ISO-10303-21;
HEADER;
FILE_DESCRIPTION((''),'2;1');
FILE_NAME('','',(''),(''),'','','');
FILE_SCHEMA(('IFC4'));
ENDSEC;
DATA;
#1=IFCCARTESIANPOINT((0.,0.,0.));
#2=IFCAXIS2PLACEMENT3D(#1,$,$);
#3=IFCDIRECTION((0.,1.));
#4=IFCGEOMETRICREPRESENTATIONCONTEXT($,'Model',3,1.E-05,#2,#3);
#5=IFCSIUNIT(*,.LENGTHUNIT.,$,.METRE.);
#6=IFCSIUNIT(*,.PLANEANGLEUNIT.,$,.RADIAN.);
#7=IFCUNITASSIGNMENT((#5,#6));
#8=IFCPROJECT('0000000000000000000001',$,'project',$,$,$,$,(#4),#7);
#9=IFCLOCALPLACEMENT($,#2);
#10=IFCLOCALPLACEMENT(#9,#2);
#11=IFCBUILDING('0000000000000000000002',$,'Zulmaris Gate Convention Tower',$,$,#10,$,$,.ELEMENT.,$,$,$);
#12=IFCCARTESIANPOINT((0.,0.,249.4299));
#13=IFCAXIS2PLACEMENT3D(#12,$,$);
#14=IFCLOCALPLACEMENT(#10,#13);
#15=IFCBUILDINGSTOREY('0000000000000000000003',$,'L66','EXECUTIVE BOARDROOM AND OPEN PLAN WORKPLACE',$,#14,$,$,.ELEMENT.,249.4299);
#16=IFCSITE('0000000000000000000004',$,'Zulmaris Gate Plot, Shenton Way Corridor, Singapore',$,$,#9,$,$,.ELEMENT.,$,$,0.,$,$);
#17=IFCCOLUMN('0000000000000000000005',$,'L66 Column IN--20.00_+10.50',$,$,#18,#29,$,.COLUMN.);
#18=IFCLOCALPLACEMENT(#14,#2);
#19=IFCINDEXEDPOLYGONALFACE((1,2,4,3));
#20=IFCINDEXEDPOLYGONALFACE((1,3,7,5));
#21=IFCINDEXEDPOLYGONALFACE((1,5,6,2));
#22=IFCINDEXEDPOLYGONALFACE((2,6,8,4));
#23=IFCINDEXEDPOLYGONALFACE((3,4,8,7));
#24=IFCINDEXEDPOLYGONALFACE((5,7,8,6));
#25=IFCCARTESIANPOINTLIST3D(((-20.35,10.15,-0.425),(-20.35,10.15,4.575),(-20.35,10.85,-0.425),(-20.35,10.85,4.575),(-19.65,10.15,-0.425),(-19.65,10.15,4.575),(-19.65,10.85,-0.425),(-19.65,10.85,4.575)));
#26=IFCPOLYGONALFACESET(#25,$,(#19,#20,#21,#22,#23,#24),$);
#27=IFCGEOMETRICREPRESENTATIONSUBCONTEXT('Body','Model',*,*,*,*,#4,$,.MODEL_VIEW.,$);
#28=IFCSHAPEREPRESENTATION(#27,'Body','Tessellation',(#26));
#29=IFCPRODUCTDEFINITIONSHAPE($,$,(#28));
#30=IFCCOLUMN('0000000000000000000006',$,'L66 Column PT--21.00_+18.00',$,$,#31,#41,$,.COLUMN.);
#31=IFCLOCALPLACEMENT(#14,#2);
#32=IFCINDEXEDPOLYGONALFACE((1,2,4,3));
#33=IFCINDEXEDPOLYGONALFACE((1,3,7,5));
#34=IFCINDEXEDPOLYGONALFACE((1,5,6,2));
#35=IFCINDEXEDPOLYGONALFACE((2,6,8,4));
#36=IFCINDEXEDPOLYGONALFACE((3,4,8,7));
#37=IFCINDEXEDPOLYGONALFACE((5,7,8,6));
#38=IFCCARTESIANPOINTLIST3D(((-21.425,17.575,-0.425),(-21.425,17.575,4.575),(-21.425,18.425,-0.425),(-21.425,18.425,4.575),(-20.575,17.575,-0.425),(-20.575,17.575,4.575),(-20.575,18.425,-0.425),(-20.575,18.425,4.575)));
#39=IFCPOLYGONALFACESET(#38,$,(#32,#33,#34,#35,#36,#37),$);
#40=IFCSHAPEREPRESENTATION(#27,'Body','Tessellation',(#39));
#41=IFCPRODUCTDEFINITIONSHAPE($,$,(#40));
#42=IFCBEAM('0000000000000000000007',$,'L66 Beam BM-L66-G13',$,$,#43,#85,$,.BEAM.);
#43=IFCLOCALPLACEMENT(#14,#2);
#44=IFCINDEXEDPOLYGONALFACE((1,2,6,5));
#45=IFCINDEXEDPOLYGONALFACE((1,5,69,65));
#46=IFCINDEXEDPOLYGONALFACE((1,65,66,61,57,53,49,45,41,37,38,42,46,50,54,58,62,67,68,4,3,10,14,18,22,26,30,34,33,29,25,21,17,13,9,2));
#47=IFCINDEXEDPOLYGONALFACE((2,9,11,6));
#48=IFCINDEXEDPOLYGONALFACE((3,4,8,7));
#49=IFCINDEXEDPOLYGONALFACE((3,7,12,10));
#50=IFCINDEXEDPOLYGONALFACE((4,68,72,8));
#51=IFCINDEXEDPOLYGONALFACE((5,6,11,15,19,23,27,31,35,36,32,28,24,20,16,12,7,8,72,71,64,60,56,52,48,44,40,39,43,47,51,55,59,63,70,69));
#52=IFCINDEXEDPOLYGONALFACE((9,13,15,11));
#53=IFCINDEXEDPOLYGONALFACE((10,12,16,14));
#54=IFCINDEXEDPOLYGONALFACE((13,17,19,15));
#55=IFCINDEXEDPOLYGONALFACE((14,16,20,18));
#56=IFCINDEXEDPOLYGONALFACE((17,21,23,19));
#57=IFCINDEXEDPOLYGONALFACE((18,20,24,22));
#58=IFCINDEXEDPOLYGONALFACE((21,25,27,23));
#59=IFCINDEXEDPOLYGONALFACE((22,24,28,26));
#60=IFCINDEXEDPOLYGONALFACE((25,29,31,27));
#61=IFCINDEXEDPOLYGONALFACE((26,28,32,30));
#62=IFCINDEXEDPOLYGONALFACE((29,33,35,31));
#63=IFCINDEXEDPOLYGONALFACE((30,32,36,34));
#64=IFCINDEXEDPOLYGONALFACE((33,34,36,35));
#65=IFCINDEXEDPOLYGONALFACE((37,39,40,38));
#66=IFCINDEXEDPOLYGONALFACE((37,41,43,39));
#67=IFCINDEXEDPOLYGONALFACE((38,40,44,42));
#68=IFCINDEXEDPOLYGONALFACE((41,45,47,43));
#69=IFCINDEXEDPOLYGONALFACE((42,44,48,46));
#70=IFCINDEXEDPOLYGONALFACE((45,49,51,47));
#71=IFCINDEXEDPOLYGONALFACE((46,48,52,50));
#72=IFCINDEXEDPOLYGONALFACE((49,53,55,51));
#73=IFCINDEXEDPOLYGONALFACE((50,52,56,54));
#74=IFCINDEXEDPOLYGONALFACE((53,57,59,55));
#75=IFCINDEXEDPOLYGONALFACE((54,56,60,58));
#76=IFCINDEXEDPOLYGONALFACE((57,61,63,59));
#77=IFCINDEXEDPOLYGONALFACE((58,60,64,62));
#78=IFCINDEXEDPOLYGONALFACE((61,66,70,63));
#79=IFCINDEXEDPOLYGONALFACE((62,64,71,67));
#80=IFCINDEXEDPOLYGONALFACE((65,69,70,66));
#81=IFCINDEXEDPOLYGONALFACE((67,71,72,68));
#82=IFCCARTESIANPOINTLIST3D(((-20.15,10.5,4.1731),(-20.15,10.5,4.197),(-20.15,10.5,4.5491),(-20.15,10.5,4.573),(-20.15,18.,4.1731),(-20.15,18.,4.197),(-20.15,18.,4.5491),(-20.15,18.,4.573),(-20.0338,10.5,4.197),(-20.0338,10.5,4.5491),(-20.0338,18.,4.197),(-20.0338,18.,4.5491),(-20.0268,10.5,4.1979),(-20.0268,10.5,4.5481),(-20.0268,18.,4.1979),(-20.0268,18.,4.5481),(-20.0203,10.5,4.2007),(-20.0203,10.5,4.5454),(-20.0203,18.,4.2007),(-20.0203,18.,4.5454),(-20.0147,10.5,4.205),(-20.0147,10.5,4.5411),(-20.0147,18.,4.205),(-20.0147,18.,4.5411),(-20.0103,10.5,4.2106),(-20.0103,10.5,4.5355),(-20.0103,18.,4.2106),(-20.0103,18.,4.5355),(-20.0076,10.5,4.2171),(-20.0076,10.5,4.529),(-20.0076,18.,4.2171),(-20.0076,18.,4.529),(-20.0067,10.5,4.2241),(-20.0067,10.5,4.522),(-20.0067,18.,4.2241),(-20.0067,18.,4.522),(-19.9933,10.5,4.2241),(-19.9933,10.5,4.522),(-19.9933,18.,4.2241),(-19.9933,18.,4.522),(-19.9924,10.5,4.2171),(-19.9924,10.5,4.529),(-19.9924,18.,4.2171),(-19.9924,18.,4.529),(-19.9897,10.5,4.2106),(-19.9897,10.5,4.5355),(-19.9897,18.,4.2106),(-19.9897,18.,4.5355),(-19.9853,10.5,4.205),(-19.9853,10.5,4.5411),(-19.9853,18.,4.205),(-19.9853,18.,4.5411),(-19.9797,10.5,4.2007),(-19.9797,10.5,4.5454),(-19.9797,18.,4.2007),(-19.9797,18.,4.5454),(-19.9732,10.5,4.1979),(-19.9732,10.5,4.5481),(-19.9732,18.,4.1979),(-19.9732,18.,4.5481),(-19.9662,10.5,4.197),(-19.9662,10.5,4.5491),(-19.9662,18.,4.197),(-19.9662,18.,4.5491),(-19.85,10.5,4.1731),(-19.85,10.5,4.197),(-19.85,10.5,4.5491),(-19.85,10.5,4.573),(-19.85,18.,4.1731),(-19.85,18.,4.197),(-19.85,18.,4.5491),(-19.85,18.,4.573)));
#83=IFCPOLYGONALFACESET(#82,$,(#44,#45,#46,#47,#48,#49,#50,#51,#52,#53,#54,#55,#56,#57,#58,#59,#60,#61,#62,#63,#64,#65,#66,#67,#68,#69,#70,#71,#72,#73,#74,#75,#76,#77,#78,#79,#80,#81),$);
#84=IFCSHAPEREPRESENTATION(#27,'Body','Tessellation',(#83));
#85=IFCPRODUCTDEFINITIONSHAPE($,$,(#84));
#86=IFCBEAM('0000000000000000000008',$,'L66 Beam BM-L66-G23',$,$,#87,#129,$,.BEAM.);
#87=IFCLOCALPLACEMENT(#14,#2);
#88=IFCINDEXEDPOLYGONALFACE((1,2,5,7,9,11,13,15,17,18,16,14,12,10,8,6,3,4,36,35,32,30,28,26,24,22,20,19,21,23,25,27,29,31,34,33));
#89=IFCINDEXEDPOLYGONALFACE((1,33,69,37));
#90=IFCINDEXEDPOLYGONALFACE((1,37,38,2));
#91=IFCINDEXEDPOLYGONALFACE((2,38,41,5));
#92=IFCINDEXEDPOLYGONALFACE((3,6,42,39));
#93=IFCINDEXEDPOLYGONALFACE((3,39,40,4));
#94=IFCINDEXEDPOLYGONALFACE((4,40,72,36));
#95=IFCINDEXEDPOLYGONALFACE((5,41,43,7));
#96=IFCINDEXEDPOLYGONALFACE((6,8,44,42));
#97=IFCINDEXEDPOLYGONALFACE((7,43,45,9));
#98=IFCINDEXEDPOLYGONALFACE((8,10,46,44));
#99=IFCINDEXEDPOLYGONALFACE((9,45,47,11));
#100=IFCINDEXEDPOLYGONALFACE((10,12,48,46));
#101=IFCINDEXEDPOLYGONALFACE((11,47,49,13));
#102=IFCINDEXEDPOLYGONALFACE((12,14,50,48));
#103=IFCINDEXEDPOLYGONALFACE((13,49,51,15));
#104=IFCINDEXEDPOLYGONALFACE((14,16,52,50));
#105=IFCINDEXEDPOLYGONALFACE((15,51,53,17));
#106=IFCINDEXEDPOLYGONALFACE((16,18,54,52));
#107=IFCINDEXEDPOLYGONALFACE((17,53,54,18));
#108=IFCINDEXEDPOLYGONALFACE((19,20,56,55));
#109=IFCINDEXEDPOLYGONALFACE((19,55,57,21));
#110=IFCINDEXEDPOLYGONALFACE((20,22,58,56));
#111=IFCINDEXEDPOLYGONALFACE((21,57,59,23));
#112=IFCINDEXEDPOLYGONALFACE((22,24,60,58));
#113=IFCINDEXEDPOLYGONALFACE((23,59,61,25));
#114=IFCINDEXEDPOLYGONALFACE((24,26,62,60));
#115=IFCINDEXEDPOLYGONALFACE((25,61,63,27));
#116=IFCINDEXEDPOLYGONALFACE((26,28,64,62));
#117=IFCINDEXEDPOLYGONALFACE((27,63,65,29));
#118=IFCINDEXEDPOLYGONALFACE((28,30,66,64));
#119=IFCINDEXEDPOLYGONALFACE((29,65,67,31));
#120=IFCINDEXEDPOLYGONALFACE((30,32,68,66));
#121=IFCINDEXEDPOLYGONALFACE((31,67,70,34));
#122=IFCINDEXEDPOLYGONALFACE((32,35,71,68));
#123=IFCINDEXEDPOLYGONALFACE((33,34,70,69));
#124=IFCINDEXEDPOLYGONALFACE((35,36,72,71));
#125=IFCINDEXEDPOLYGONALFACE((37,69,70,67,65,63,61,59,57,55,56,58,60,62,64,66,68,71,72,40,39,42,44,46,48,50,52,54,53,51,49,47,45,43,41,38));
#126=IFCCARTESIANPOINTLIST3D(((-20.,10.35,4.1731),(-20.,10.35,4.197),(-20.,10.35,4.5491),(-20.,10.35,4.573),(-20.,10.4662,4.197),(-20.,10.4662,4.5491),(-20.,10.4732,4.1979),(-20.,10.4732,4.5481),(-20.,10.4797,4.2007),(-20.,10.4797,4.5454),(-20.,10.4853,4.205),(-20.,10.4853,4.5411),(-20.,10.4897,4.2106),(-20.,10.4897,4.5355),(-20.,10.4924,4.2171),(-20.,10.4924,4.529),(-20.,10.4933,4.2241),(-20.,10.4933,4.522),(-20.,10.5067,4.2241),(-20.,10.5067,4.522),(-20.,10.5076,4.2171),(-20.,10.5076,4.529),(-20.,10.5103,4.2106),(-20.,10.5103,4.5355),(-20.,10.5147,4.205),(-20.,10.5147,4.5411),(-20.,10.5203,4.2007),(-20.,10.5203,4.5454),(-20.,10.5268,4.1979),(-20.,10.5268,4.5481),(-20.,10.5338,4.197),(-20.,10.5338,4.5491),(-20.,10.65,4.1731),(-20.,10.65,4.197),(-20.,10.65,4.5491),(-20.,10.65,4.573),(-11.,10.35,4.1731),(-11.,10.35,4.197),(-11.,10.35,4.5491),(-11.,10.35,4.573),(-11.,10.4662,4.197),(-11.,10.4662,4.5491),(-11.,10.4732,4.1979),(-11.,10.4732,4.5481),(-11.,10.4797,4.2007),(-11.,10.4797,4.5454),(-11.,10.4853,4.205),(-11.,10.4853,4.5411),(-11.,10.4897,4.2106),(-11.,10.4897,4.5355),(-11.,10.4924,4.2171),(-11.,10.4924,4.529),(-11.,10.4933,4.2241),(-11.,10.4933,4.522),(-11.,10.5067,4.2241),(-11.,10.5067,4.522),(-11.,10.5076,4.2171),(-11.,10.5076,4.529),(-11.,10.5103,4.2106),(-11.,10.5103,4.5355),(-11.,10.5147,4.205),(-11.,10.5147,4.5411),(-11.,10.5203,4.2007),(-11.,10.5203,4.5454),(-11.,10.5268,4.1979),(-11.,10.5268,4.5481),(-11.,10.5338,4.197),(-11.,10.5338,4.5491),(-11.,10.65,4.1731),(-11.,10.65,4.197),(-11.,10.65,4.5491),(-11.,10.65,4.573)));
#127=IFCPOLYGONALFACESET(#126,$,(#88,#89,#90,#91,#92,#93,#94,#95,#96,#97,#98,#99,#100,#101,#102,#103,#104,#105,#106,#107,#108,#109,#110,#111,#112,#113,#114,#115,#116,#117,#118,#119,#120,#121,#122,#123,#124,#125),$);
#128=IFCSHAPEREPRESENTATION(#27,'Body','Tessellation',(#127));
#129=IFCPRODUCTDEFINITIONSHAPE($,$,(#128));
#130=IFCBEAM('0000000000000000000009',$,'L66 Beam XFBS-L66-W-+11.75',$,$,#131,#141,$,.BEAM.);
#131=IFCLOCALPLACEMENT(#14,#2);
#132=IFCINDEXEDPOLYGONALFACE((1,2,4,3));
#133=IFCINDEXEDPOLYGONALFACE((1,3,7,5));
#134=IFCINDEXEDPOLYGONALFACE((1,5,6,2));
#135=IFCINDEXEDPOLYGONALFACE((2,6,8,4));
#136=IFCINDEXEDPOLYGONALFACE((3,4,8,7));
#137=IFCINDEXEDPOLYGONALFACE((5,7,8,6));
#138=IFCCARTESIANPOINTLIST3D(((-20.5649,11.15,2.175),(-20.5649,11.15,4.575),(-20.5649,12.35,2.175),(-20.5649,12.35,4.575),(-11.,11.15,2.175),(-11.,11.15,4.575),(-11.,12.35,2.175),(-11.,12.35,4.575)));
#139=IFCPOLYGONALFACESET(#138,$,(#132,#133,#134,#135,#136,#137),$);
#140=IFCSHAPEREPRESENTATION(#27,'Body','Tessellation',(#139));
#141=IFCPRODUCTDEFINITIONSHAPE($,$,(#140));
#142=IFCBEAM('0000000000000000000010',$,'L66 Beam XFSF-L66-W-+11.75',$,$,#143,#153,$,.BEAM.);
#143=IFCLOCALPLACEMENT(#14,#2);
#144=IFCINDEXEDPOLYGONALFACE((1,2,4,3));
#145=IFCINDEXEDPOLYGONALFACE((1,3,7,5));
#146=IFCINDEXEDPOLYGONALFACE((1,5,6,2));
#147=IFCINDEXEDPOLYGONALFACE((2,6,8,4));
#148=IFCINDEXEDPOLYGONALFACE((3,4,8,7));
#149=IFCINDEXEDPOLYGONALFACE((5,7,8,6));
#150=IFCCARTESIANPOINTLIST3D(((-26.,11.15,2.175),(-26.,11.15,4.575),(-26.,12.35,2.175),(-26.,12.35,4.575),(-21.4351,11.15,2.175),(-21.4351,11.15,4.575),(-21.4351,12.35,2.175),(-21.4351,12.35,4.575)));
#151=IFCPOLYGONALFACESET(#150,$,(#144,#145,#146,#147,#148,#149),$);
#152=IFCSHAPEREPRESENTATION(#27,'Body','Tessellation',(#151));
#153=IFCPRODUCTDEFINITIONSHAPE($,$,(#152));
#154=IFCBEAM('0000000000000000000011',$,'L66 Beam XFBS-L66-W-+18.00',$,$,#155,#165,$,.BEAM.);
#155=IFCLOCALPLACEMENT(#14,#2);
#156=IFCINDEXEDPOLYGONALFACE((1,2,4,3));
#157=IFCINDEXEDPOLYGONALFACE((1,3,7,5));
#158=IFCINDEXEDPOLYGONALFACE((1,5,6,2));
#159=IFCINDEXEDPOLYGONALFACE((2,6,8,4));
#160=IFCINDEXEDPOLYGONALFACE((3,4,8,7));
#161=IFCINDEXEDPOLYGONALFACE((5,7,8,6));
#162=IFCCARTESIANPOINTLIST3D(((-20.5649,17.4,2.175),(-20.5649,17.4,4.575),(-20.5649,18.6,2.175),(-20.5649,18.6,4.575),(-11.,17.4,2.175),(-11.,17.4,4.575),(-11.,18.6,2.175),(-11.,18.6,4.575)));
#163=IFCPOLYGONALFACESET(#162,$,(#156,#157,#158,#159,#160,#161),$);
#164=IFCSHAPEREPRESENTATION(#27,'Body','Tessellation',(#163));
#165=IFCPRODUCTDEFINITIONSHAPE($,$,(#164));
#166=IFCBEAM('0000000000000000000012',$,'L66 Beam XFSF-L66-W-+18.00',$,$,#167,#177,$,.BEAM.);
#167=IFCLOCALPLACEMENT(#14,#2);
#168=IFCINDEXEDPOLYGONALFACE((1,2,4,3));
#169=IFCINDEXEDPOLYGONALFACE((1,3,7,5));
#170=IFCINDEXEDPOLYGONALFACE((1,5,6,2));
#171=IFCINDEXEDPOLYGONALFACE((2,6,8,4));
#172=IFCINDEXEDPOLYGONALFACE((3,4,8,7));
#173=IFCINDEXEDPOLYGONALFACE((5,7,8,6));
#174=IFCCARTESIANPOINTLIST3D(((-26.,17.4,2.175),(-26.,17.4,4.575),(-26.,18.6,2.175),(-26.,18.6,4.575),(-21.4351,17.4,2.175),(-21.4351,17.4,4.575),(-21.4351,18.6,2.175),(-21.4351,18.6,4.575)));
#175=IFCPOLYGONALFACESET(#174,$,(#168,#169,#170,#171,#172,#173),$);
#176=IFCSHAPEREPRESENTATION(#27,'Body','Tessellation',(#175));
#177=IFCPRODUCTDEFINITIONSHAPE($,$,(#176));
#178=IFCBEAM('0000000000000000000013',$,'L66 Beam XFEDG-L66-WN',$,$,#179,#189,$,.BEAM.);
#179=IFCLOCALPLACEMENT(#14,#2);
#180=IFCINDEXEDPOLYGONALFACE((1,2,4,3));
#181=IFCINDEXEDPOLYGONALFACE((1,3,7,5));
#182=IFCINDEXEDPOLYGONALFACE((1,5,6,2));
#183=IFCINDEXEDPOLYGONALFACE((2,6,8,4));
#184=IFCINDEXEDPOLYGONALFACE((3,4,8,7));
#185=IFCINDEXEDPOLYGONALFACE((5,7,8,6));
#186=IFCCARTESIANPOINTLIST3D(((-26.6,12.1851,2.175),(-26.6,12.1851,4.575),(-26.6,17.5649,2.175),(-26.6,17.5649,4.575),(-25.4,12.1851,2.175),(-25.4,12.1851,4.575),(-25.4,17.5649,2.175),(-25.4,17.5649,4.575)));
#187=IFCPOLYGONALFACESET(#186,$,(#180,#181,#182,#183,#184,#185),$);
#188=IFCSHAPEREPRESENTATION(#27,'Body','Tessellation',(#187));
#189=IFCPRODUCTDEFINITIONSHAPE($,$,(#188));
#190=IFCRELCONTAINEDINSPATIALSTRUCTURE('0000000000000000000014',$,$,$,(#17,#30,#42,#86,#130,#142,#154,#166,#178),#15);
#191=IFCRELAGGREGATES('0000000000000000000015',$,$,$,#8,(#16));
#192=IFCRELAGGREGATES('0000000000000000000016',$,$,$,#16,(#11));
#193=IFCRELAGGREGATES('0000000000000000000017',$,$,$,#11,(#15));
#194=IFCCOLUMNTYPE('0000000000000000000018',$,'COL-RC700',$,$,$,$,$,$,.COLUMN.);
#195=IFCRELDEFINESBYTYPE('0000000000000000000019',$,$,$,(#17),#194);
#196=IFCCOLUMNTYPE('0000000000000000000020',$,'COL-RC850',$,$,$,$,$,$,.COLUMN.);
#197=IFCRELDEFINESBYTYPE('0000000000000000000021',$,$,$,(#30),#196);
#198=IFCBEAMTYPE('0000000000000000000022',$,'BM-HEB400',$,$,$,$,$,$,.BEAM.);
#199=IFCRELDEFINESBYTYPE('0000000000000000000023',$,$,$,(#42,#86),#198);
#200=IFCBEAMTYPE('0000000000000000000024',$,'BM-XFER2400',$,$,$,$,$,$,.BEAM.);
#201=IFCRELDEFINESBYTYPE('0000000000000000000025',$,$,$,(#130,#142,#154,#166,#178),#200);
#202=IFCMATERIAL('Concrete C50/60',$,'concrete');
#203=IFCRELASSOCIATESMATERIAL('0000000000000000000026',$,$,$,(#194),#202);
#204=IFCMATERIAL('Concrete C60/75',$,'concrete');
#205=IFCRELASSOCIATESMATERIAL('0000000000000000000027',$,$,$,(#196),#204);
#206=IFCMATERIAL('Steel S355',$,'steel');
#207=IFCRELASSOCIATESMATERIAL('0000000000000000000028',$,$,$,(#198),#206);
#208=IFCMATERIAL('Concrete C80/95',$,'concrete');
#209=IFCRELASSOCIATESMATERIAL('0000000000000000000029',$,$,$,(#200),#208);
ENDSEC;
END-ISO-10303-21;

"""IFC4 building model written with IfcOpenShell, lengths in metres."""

from ifc_helpers import new_model, si_unit, direction, frame, origin, origin_2d, place, context, subcontext, project, spatial, rectangle, i_section, extrude, material, material_profile, profile_set, type_object, element, save


model = new_model("IFC4")

# Units and contexts
model_context = context("Model", 3, precision=1e-05, world=origin(), true_north=direction((0.0, 1.0)))
body_context = subcontext(model_context, "Body", "Model", "MODEL_VIEW")
ifc_project = project(units=[si_unit("LENGTHUNIT", "METRE"), si_unit("PLANEANGLEUNIT", "RADIAN")], contexts=[model_context])

# Site, building, storey
site_placement = place(None, origin())
site = spatial("IfcSite", under=ifc_project, at=site_placement, Name="Zulmaris Gate Plot, Shenton Way Corridor, Singapore", CompositionType="ELEMENT", RefElevation=0.0)
building_placement = place(site_placement, origin())
building = spatial("IfcBuilding", under=site, at=building_placement, Name="Zulmaris Gate Convention Tower", CompositionType="ELEMENT")
storey_placement = place(building_placement, frame((0.0, 0.0, 249.4299)))
storey = spatial("IfcBuildingStorey", under=building, at=storey_placement, Name="L66", Description="EXECUTIVE BOARDROOM AND OPEN PLAN WORKPLACE", CompositionType="ELEMENT", Elevation=249.4299)

# Columns
ifc_material_1 = material(Name="Concrete C50/60", Category="concrete")
ifc_material_profile_1 = material_profile(ifc_material_1, rectangle(XDim=0.7, YDim=0.7, at=origin_2d()), Name="RC COL 700x700")
ifc_profile_set_1 = profile_set([ifc_material_profile_1], Name="Concrete C50/60")
column_type_1 = type_object("IfcColumnType", Name="COL-RC700", PredefinedType="COLUMN", material=ifc_profile_set_1)
column_1_placement = place(storey_placement, frame((-20.0, 10.5, -0.425), z_axis=(0.0, 0.0, 1.0), x_axis=(1.0, 0.0, 0.0)))
element("IfcColumn", 1, at=column_1_placement, inside=storey, type_object=column_type_1, Name="L66 Column IN--20.00_+10.50", PredefinedType="COLUMN", context=body_context, shape_type="SweptSolid", body=[
    extrude(rectangle(XDim=0.7, YDim=0.7, at=origin_2d()), origin(), (0.0, 0.0, 1.0), 5.0),
])
ifc_material_2 = material(Name="Concrete C60/75", Category="concrete")
ifc_material_profile_2 = material_profile(ifc_material_2, rectangle(XDim=0.8501, YDim=0.8501, at=origin_2d()), Name="RC COL 850x850")
ifc_profile_set_2 = profile_set([ifc_material_profile_2], Name="Concrete C60/75")
column_type_2 = type_object("IfcColumnType", Name="COL-RC850", PredefinedType="COLUMN", material=ifc_profile_set_2)
column_2_placement = place(storey_placement, frame((-21.0, 18.0, -0.425), z_axis=(0.0, 0.0, 1.0), x_axis=(1.0, 0.0, 0.0)))
element("IfcColumn", 2, at=column_2_placement, inside=storey, type_object=column_type_2, Name="L66 Column PT--21.00_+18.00", PredefinedType="COLUMN", context=body_context, shape_type="SweptSolid", body=[
    extrude(rectangle(XDim=0.8501, YDim=0.8501, at=origin_2d()), origin(), (0.0, 0.0, 1.0), 5.0),
])

# Beams
ifc_material_3 = material(Name="Steel S355", Category="steel")
ifc_material_profile_3 = material_profile(ifc_material_3, i_section(OverallWidth=0.3, OverallDepth=0.3999, WebThickness=0.0134, FlangeThickness=0.0239, FilletRadius=0.0271, at=origin_2d()), Name="HEB 400")
ifc_profile_set_3 = profile_set([ifc_material_profile_3], Name="Steel S355")
beam_type_1 = type_object("IfcBeamType", Name="BM-HEB400", PredefinedType="BEAM", material=ifc_profile_set_3)
beam_1_placement = place(storey_placement, frame((-20.0, 10.5, 4.373), z_axis=(0.0, 1.0, 0.0), x_axis=(-1.0, 0.0, 0.0)))
element("IfcBeam", 3, at=beam_1_placement, inside=storey, type_object=beam_type_1, Name="L66 Beam BM-L66-G13", PredefinedType="BEAM", context=body_context, shape_type="SweptSolid", body=[
    extrude(i_section(OverallWidth=0.3, OverallDepth=0.3999, WebThickness=0.0134, FlangeThickness=0.0239, FilletRadius=0.0271, at=origin_2d()), origin(), (0.0, 0.0, 1.0), 7.5),
])
beam_2_placement = place(storey_placement, frame((-20.0, 10.5, 4.373), z_axis=(1.0, 0.0, 0.0), x_axis=(0.0, 1.0, 0.0)))
element("IfcBeam", 4, at=beam_2_placement, inside=storey, type_object=beam_type_1, Name="L66 Beam BM-L66-G23", PredefinedType="BEAM", context=body_context, shape_type="SweptSolid", body=[
    extrude(i_section(OverallWidth=0.3, OverallDepth=0.3999, WebThickness=0.0134, FlangeThickness=0.0239, FilletRadius=0.0271, at=origin_2d()), origin(), (0.0, 0.0, 1.0), 9.0),
])
ifc_material_4 = material(Name="Concrete C80/95", Category="concrete")
ifc_material_profile_4 = material_profile(ifc_material_4, rectangle(XDim=1.2, YDim=2.3999, at=origin_2d()), Name="RC TRANSFER 1200x2400")
ifc_profile_set_4 = profile_set([ifc_material_profile_4], Name="Concrete C80/95")
beam_type_2 = type_object("IfcBeamType", Name="BM-XFER2400", PredefinedType="BEAM", material=ifc_profile_set_4)
beam_3_placement = place(storey_placement, frame((-20.5649, 11.75, 3.375), z_axis=(1.0, 0.0, 0.0), x_axis=(0.0, 1.0, 0.0)))
element("IfcBeam", 5, at=beam_3_placement, inside=storey, type_object=beam_type_2, Name="L66 Beam XFBS-L66-W-+11.75", PredefinedType="BEAM", context=body_context, shape_type="SweptSolid", body=[
    extrude(rectangle(XDim=1.2, YDim=2.3999, at=origin_2d()), origin(), (0.0, 0.0, 1.0), 9.5649),
])
beam_4_placement = place(storey_placement, frame((-26.0, 11.75, 3.375), z_axis=(1.0, 0.0, 0.0), x_axis=(0.0, 1.0, 0.0)))
element("IfcBeam", 6, at=beam_4_placement, inside=storey, type_object=beam_type_2, Name="L66 Beam XFSF-L66-W-+11.75", PredefinedType="BEAM", context=body_context, shape_type="SweptSolid", body=[
    extrude(rectangle(XDim=1.2, YDim=2.3999, at=origin_2d()), origin(), (0.0, 0.0, 1.0), 4.5649),
])
beam_5_placement = place(storey_placement, frame((-20.5649, 18.0, 3.375), z_axis=(1.0, 0.0, 0.0), x_axis=(0.0, 1.0, 0.0)))
element("IfcBeam", 7, at=beam_5_placement, inside=storey, type_object=beam_type_2, Name="L66 Beam XFBS-L66-W-+18.00", PredefinedType="BEAM", context=body_context, shape_type="SweptSolid", body=[
    extrude(rectangle(XDim=1.2, YDim=2.3999, at=origin_2d()), origin(), (0.0, 0.0, 1.0), 9.5649),
])
beam_6_placement = place(storey_placement, frame((-26.0, 18.0, 3.375), z_axis=(1.0, 0.0, 0.0), x_axis=(0.0, 1.0, 0.0)))
element("IfcBeam", 8, at=beam_6_placement, inside=storey, type_object=beam_type_2, Name="L66 Beam XFSF-L66-W-+18.00", PredefinedType="BEAM", context=body_context, shape_type="SweptSolid", body=[
    extrude(rectangle(XDim=1.2, YDim=2.3999, at=origin_2d()), origin(), (0.0, 0.0, 1.0), 4.5649),
])
beam_7_placement = place(storey_placement, frame((-26.0, 12.1851, 3.375), z_axis=(0.0, 1.0, 0.0), x_axis=(-1.0, 0.0, 0.0)))
element("IfcBeam", 9, at=beam_7_placement, inside=storey, type_object=beam_type_2, Name="L66 Beam XFEDG-L66-WN", PredefinedType="BEAM", context=body_context, shape_type="SweptSolid", body=[
    extrude(rectangle(XDim=1.2, YDim=2.3999, at=origin_2d()), origin(), (0.0, 0.0, 1.0), 5.3799),
])

save(model, "model.ifc")
